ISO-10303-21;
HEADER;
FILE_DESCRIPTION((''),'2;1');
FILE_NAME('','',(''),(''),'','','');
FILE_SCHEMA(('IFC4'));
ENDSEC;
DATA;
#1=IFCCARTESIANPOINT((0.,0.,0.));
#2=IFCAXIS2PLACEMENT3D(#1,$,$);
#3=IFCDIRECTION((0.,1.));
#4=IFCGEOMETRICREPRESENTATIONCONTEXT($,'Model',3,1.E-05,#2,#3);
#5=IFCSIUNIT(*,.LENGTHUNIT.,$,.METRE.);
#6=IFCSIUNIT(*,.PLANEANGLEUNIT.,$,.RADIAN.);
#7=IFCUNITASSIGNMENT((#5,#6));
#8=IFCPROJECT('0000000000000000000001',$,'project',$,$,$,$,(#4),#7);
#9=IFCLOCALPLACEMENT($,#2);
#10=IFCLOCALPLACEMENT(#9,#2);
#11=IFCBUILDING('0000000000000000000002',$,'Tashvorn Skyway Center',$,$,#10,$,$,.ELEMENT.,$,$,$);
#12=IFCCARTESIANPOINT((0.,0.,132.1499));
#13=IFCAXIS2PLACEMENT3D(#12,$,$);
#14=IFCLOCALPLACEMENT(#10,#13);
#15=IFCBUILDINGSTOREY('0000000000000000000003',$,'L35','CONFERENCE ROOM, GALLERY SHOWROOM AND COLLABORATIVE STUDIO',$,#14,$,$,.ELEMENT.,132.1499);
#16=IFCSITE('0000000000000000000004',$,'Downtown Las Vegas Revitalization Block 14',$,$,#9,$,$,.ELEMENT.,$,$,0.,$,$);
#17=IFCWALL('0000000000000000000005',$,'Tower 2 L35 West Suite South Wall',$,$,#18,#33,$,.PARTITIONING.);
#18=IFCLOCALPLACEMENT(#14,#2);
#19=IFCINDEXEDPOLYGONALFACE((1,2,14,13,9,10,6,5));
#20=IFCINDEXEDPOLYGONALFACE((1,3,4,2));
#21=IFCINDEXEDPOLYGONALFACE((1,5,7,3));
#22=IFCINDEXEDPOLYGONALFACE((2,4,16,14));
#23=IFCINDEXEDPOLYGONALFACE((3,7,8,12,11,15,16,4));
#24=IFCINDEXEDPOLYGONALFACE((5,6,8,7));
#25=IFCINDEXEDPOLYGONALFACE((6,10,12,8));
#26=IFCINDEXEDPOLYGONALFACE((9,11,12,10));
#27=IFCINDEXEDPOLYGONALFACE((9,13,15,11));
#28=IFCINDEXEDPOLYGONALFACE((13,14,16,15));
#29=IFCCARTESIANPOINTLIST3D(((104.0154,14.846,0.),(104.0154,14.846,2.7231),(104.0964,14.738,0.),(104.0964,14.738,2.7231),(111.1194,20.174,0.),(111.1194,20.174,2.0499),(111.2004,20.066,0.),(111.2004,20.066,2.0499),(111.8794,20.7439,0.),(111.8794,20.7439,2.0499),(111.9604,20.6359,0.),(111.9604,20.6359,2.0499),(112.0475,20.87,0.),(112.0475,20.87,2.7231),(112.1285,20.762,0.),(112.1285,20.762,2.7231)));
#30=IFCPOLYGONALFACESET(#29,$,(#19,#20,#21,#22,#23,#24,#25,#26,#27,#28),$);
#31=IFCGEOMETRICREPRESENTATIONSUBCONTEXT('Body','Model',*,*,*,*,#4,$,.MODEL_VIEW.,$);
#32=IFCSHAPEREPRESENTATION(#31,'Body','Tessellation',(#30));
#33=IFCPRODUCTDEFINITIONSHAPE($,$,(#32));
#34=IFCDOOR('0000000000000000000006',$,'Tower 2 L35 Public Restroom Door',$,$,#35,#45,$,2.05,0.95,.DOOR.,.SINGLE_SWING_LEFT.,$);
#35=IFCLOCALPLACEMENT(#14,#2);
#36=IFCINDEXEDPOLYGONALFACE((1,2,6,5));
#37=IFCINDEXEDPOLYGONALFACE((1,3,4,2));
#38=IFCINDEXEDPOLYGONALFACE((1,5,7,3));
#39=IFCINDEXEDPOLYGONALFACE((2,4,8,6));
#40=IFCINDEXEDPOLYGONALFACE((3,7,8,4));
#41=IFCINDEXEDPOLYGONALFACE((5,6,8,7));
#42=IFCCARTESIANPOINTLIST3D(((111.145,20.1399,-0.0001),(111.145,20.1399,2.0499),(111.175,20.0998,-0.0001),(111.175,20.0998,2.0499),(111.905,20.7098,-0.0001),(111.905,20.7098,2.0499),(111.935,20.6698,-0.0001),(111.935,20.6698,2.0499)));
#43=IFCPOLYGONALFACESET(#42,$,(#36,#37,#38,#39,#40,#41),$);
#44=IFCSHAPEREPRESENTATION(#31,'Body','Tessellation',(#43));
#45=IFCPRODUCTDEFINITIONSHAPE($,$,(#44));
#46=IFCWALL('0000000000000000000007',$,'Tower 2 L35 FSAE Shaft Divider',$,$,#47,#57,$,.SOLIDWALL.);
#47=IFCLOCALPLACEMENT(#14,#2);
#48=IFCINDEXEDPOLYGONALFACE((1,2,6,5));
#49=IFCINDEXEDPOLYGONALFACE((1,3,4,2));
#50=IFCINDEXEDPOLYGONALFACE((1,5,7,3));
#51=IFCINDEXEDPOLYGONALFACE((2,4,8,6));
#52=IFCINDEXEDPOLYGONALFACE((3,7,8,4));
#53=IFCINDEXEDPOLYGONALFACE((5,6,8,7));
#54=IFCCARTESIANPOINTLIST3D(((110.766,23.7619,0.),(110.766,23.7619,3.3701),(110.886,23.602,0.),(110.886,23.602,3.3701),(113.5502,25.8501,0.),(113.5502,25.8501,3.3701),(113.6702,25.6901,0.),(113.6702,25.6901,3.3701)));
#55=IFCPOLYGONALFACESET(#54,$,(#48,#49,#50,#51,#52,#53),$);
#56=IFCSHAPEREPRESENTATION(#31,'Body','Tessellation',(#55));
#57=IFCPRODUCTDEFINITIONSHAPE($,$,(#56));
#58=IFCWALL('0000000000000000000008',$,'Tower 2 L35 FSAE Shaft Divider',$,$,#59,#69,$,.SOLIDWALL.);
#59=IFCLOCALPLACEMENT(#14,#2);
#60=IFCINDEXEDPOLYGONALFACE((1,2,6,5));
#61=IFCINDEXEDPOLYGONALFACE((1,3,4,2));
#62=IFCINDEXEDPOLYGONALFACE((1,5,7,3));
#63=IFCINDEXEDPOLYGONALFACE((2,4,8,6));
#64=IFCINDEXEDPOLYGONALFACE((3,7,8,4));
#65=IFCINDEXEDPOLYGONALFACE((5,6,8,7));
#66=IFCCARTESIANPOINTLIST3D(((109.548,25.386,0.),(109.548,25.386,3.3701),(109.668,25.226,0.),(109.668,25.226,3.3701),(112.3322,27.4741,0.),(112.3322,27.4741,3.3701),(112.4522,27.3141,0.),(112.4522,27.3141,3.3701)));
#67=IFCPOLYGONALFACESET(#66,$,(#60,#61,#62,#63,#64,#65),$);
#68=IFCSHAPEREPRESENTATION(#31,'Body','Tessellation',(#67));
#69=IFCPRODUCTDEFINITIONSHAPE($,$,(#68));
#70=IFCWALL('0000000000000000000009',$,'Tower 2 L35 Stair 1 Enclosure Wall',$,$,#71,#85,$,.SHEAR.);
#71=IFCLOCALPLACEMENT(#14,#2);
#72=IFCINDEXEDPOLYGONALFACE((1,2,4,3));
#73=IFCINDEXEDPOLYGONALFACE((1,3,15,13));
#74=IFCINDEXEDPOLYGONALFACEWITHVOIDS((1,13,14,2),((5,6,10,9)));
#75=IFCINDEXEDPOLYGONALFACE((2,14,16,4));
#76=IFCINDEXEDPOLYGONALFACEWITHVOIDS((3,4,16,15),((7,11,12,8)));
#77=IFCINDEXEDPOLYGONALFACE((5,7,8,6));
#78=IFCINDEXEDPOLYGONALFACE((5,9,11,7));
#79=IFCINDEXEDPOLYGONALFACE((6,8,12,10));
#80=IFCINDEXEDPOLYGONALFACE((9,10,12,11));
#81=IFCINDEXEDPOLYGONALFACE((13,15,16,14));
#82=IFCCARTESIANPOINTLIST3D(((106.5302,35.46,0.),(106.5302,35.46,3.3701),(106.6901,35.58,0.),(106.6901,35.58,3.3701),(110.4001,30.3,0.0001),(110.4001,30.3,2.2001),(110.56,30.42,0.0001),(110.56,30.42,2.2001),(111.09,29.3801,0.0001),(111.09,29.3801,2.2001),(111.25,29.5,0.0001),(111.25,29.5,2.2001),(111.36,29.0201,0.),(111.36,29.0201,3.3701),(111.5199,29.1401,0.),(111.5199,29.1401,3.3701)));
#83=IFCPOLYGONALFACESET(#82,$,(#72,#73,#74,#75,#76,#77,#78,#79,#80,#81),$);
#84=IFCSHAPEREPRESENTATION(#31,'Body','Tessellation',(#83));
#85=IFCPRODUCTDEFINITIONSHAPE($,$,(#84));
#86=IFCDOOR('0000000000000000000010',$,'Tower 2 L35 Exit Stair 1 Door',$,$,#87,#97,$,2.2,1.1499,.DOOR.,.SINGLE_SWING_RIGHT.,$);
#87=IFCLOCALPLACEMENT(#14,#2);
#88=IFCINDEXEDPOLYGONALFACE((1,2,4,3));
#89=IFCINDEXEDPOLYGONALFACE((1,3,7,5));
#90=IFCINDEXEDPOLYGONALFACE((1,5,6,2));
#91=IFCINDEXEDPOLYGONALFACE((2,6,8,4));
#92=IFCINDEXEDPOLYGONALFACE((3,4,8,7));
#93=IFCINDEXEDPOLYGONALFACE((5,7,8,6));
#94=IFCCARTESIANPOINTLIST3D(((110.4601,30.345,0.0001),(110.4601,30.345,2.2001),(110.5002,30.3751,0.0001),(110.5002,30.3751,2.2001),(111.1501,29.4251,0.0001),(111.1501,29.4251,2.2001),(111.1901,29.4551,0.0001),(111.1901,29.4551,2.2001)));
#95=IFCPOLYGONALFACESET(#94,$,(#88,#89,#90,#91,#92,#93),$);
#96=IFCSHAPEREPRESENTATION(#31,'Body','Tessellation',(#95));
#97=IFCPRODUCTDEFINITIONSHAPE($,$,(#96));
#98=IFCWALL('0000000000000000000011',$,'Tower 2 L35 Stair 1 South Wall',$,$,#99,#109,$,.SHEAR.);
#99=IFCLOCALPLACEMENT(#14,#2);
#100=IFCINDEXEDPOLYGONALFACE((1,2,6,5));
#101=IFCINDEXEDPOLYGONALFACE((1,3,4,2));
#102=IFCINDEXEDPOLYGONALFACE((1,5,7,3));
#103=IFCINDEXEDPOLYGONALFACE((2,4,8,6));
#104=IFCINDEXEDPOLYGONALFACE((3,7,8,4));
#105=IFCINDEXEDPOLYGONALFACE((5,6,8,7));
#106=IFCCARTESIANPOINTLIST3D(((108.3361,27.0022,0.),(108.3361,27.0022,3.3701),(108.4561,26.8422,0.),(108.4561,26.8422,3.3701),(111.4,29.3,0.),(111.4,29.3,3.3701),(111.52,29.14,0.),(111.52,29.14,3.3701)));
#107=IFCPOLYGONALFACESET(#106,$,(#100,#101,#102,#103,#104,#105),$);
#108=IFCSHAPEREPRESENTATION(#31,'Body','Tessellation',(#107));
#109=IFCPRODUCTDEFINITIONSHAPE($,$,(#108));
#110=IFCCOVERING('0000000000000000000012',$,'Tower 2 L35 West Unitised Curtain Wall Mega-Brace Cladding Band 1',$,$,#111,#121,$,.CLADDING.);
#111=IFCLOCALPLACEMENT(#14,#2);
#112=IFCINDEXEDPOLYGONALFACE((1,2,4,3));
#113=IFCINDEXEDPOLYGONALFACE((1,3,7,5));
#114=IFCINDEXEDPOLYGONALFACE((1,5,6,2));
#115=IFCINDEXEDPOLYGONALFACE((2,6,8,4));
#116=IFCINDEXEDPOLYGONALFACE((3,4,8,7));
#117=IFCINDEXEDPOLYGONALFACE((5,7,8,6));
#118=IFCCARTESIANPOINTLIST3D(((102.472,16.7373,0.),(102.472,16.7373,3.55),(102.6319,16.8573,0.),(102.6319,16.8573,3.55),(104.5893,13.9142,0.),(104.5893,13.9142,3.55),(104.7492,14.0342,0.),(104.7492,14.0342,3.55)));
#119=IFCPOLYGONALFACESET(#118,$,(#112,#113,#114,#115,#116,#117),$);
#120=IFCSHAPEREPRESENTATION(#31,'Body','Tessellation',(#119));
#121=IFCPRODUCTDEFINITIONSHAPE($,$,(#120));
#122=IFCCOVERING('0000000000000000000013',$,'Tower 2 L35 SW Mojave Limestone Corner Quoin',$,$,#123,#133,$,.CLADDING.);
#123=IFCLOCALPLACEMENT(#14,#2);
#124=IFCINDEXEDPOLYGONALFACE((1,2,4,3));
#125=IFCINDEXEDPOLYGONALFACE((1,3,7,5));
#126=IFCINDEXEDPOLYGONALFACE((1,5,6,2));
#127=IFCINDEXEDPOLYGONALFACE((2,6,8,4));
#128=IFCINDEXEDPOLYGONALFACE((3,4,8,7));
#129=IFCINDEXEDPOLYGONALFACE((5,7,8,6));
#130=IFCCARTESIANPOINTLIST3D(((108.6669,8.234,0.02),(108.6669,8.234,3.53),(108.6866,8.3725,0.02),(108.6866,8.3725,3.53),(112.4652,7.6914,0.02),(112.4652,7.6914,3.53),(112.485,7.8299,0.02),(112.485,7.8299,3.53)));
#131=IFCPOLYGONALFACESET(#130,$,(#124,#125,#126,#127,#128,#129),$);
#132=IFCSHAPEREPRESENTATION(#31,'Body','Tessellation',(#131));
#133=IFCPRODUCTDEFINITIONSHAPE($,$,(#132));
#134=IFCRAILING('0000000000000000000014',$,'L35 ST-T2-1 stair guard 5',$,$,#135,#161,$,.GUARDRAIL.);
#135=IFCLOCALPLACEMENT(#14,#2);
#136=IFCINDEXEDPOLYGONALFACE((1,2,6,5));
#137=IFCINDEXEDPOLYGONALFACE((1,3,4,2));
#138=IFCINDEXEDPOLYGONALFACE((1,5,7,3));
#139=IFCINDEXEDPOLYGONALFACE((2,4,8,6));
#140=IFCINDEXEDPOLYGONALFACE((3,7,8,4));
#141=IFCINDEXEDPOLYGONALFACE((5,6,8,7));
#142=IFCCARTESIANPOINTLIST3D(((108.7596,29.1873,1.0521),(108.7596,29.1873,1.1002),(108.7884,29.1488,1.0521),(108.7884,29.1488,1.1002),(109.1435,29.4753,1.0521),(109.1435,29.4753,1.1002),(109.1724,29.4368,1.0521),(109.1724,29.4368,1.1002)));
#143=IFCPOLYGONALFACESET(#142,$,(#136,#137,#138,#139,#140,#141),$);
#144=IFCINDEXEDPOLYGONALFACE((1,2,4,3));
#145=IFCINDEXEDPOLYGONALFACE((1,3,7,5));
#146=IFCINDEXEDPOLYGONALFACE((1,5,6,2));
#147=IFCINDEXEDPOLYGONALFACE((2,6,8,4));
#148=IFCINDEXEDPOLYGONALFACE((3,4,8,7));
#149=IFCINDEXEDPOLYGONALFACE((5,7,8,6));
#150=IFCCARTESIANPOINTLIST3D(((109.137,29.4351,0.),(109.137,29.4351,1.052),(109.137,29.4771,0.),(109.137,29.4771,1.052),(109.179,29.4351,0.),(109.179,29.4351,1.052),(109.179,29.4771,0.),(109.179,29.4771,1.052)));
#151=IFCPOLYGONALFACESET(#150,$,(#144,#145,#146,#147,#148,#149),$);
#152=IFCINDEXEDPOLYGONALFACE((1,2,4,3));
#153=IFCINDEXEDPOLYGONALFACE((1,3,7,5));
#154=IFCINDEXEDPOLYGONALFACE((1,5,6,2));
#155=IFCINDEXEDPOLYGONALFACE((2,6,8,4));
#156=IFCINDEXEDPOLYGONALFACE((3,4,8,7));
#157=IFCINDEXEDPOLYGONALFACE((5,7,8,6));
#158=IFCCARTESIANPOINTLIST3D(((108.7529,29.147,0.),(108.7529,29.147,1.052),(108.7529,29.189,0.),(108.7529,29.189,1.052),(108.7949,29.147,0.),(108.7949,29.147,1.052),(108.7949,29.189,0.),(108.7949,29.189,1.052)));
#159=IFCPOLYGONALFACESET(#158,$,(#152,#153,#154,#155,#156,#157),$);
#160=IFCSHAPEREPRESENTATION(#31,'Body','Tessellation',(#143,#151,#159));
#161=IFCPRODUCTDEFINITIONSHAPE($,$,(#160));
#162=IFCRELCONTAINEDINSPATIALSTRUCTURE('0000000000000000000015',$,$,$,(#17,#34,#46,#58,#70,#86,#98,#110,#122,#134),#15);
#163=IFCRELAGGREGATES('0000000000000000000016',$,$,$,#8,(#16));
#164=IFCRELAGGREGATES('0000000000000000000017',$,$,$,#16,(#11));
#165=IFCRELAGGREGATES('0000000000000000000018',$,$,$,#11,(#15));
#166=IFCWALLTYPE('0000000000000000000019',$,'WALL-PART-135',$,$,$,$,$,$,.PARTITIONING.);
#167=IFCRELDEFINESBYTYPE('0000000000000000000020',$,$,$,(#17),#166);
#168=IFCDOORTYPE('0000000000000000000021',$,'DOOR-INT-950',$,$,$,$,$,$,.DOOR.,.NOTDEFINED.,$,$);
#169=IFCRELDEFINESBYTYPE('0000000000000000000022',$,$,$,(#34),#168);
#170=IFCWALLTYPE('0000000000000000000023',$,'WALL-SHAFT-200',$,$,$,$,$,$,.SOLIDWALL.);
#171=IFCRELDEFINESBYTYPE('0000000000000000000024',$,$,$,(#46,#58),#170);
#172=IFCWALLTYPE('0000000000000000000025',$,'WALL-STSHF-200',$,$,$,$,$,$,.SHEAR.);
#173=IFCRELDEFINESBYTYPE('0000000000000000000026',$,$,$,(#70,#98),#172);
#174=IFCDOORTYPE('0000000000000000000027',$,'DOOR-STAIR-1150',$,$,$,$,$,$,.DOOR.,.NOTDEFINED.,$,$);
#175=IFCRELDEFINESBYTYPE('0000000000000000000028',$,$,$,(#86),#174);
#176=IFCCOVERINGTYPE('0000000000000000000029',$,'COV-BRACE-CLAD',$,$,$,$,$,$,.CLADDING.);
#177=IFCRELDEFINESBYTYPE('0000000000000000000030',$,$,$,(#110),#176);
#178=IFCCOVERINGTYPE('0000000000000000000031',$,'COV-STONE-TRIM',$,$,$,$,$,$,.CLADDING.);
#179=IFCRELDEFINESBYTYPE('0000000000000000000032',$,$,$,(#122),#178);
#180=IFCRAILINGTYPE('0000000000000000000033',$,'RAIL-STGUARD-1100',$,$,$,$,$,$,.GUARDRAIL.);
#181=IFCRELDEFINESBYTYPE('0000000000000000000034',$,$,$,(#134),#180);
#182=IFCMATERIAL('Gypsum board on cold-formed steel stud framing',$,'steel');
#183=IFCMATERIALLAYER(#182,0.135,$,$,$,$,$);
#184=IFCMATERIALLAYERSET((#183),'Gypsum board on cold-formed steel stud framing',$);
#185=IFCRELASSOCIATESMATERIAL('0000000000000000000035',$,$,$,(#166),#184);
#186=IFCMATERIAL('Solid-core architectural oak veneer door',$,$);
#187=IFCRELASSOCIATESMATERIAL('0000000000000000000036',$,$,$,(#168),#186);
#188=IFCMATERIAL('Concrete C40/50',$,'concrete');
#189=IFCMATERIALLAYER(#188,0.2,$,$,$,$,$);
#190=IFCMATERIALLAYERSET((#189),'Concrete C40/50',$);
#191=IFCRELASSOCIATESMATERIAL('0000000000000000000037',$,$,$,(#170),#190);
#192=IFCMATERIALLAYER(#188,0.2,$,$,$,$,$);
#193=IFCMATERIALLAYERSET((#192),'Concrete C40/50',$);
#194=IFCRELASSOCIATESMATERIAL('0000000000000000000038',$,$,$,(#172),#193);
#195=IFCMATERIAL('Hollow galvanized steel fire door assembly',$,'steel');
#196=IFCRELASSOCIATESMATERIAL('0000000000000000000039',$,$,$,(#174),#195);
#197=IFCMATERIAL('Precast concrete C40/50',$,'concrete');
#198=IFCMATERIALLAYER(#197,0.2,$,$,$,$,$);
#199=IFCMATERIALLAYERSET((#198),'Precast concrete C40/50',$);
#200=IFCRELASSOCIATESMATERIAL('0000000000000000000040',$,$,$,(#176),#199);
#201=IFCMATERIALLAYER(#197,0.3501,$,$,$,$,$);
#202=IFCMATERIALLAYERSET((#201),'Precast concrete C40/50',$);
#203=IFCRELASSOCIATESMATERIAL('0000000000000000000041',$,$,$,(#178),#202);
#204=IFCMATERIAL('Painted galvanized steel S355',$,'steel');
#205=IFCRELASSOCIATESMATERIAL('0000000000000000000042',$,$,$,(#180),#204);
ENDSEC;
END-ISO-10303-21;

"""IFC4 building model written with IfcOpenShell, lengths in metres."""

from ifc_helpers import new_model, si_unit, direction, frame, frame_2d, origin, origin_2d, place, context, subcontext, project, spatial, rectangle, extrude, material, layer, layer_set, type_object, element, fill, save


model = new_model("IFC4")

# Units and contexts
model_context = context("Model", 3, precision=1e-05, world=origin(), true_north=direction((0.0, 1.0)))
body_context = subcontext(model_context, "Body", "Model", "MODEL_VIEW")
ifc_project = project(units=[si_unit("LENGTHUNIT", "METRE"), si_unit("PLANEANGLEUNIT", "RADIAN")], contexts=[model_context])

# Site, building, storey
site_placement = place(None, origin())
site = spatial("IfcSite", under=ifc_project, at=site_placement, Name="Downtown Las Vegas Revitalization Block 14", CompositionType="ELEMENT", RefElevation=0.0)
building_placement = place(site_placement, origin())
building = spatial("IfcBuilding", under=site, at=building_placement, Name="Tashvorn Skyway Center", CompositionType="ELEMENT")
storey_placement = place(building_placement, frame((0.0, 0.0, 132.1499)))
storey = spatial("IfcBuildingStorey", under=building, at=storey_placement, Name="L35", Description="CONFERENCE ROOM, GALLERY SHOWROOM AND COLLABORATIVE STUDIO", CompositionType="ELEMENT", Elevation=132.1499)

# Shared definitions
ifc_material_1 = material(Name="Precast concrete C40/50", Category="concrete")
ifc_material_2 = material(Name="Gypsum board on cold-formed steel stud framing", Category="steel")
ifc_layer_1 = layer(ifc_material_2, 0.135)
ifc_layer_set_1 = layer_set([ifc_layer_1], Name="Gypsum board on cold-formed steel stud framing")
wall_type_1 = type_object("IfcWallType", Name="WALL-PART-135", PredefinedType="PARTITIONING", material=ifc_layer_set_1)

# Wall, opening, door
wall_1_placement = place(storey_placement, frame((104.0559, 14.792, 0.0), z_axis=(0.0, 0.0, 1.0), x_axis=(0.800003, 0.599996, 0.0)))
wall_1 = element("IfcWall", 1, at=wall_1_placement, inside=storey, type_object=wall_type_1, Name="Tower 2 L35 West Suite South Wall", PredefinedType="PARTITIONING", context=body_context, shape_type="SweptSolid", body=[
    extrude(rectangle(XDim=10.04, YDim=0.135, at=frame_2d((5.02, 0.0))), origin(), (0.0, 0.0, 1.0), 2.7231),
])
opening_1_placement = place(wall_1_placement, frame((8.8799, 0.0, 0.0)))
opening_1 = element("IfcOpeningElement", 2, at=opening_1_placement, cuts=wall_1, PredefinedType="OPENING", context=body_context, shape_type="SweptSolid", body=[
    extrude(rectangle(XDim=0.95, YDim=2.05, at=frame_2d((0.4751, 1.0249))), frame((0.0, 0.0774, 0.0), z_axis=(0.0, -1.0, 0.0), x_axis=(1.0, 0.0, 0.0)), (0.0, 0.0, 1.0), 0.155),
])
ifc_material_3 = material(Name="Solid-core architectural oak veneer door")
door_type_1 = type_object("IfcDoorType", Name="DOOR-INT-950", OperationType="NOTDEFINED", PredefinedType="DOOR", material=ifc_material_3)
door_1_placement = place(opening_1_placement, origin())
door_1 = element("IfcDoor", 3, at=door_1_placement, inside=storey, type_object=door_type_1, Name="Tower 2 L35 Public Restroom Door", OperationType="SINGLE_SWING_LEFT", OverallHeight=2.05, OverallWidth=0.95, PredefinedType="DOOR", context=body_context, shape_type="SweptSolid", body=[
    extrude(rectangle(XDim=0.95, YDim=2.05, at=frame_2d((0.4751, 1.0249))), frame((0.0, 0.0249, 0.0), z_axis=(0.0, -1.0, 0.0), x_axis=(1.0, 0.0, 0.0)), (0.0, 0.0, 1.0), 0.05),
])
fill(opening_1, door_1)

# Walls
ifc_material_4 = material(Name="Concrete C40/50", Category="concrete")
ifc_layer_2 = layer(ifc_material_4, 0.2)
ifc_layer_set_2 = layer_set([ifc_layer_2], Name="Concrete C40/50")
wall_type_2 = type_object("IfcWallType", Name="WALL-SHAFT-200", PredefinedType="SOLIDWALL", material=ifc_layer_set_2)
for number, where, z_axis, x_axis, name in (
    (4, (110.8259, 23.6819, 0.0), (0.0, 0.0, 1.0), (0.8, 0.6, 0.0), "Tower 2 L35 FSAE Shaft Divider"),
    (5, (109.6079, 25.3059, 0.0), (0.0, 0.0, 1.0), (0.8, 0.6, 0.0), "Tower 2 L35 FSAE Shaft Divider"),
):
    element("IfcWall", number, at=place(storey_placement, frame(where, z_axis=z_axis, x_axis=x_axis)), inside=storey, type_object=wall_type_2, Name=name, PredefinedType="SOLIDWALL", context=body_context, shape_type="SweptSolid", body=[
        extrude(rectangle(XDim=3.4802, YDim=0.2, at=frame_2d((1.7402, 0.0))), origin(), (0.0, 0.0, 1.0), 3.3701),
    ])

# Wall, opening, door
ifc_layer_3 = layer(ifc_material_4, 0.2)
ifc_layer_set_3 = layer_set([ifc_layer_3], Name="Concrete C40/50")
wall_type_3 = type_object("IfcWallType", Name="WALL-STSHF-200", PredefinedType="SHEAR", material=ifc_layer_set_3)
wall_2_placement = place(storey_placement, frame((111.4399, 29.0801, 0.0), z_axis=(0.0, 0.0, 1.0), x_axis=(-0.59999, 0.800007, 0.0)))
wall_2 = element("IfcWall", 6, at=wall_2_placement, inside=storey, type_object=wall_type_3, Name="Tower 2 L35 Stair 1 Enclosure Wall", PredefinedType="SHEAR", context=body_context, shape_type="SweptSolid", body=[
    extrude(rectangle(XDim=8.0498, YDim=0.2, at=frame_2d((4.0249, 0.0))), origin(), (0.0, 0.0, 1.0), 3.3701),
])
opening_2_placement = place(wall_2_placement, frame((0.45, 0.0, 0.0)))
opening_2 = element("IfcOpeningElement", 7, at=opening_2_placement, cuts=wall_2, PredefinedType="OPENING", context=body_context, shape_type="SweptSolid", body=[
    extrude(rectangle(XDim=1.1499, YDim=2.2, at=frame_2d((0.575, 1.1001))), frame((0.0, 0.1099, 0.0), z_axis=(0.0, -1.0, 0.0), x_axis=(1.0, 0.0, 0.0)), (0.0, 0.0, 1.0), 0.22),
])
ifc_material_5 = material(Name="Hollow galvanized steel fire door assembly", Category="steel")
door_type_2 = type_object("IfcDoorType", Name="DOOR-STAIR-1150", OperationType="NOTDEFINED", PredefinedType="DOOR", material=ifc_material_5)
door_2_placement = place(opening_2_placement, origin())
door_2 = element("IfcDoor", 8, at=door_2_placement, inside=storey, type_object=door_type_2, Name="Tower 2 L35 Exit Stair 1 Door", OperationType="SINGLE_SWING_RIGHT", OverallHeight=2.2, OverallWidth=1.1499, PredefinedType="DOOR", context=body_context, shape_type="SweptSolid", body=[
    extrude(rectangle(XDim=1.1499, YDim=2.2, at=frame_2d((0.575, 1.1001))), frame((0.0, 0.0249, 0.0), z_axis=(0.0, -1.0, 0.0), x_axis=(1.0, 0.0, 0.0)), (0.0, 0.0, 1.0), 0.05),
])
fill(opening_2, door_2)

# Wall
wall_3_placement = place(storey_placement, frame((108.396, 26.9221, 0.0), z_axis=(0.0, 0.0, 1.0), x_axis=(0.800015, 0.59998, 0.0)))
element("IfcWall", 9, at=wall_3_placement, inside=storey, type_object=wall_type_3, Name="Tower 2 L35 Stair 1 South Wall", PredefinedType="SHEAR", context=body_context, shape_type="SweptSolid", body=[
    extrude(rectangle(XDim=3.8298, YDim=0.2, at=frame_2d((1.915, 0.0))), origin(), (0.0, 0.0, 1.0), 3.3701),
])

# Coverings
ifc_layer_4 = layer(ifc_material_1, 0.2)
ifc_layer_set_4 = layer_set([ifc_layer_4], Name="Precast concrete C40/50")
covering_type_1 = type_object("IfcCoveringType", Name="COV-BRACE-CLAD", PredefinedType="CLADDING", material=ifc_layer_set_4)
covering_1_placement = place(storey_placement, frame((103.6106, 15.3857, 0.0), z_axis=(0.0, 0.0, 1.0), x_axis=(-0.6, 0.8, 0.0)))
element("IfcCovering", 10, at=covering_1_placement, inside=storey, type_object=covering_type_1, Name="Tower 2 L35 West Unitised Curtain Wall Mega-Brace Cladding Band 1", PredefinedType="CLADDING", context=body_context, shape_type="SweptSolid", body=[
    extrude(rectangle(XDim=3.5288, YDim=0.2, at=origin_2d()), origin(), (0.0, 0.0, 1.0), 3.55),
])
ifc_layer_5 = layer(ifc_material_1, 0.3501)
ifc_layer_set_5 = layer_set([ifc_layer_5], Name="Precast concrete C40/50")
covering_type_2 = type_object("IfcCoveringType", Name="COV-STONE-TRIM", PredefinedType="CLADDING", material=ifc_layer_set_5)
covering_2_placement = place(storey_placement, frame((110.5759, 8.032, 0.02), z_axis=(0.0, 0.0, 1.0), x_axis=(-0.989949, 0.141421, 0.0)))
element("IfcCovering", 11, at=covering_2_placement, inside=storey, type_object=covering_type_2, Name="Tower 2 L35 SW Mojave Limestone Corner Quoin", PredefinedType="CLADDING", context=body_context, shape_type="SweptSolid", body=[
    extrude(rectangle(XDim=3.8369, YDim=0.1399, at=origin_2d()), origin(), (0.0, 0.0, 1.0), 3.51),
])

# Railing
ifc_material_6 = material(Name="Painted galvanized steel S355", Category="steel")
railing_type = type_object("IfcRailingType", Name="RAIL-STGUARD-1100", PredefinedType="GUARDRAIL", material=ifc_material_6)
railing_1_placement = place(storey_placement, frame((109.158, 29.4561, 0.0)))
element("IfcRailing", 12, at=railing_1_placement, inside=storey, type_object=railing_type, Name="L35 ST-T2-1 stair guard 5", PredefinedType="GUARDRAIL", context=body_context, shape_type="SweptSolid", body=[
    extrude(rectangle(XDim=0.0481, YDim=0.0481, at=origin_2d()), frame((0.0, 0.0, 1.0762), z_axis=(-0.799939, -0.600081, 0.0), x_axis=(0.600081, -0.799939, 0.0)), (0.0, 0.0, 1.0), 0.48),
    extrude(rectangle(XDim=0.042, YDim=0.042, at=origin_2d()), origin(), (0.0, 0.0, 1.0), 1.052),
    extrude(rectangle(XDim=0.042, YDim=0.042, at=origin_2d()), frame((-0.384, -0.2881, 0.0)), (0.0, 0.0, 1.0), 1.052),
])

save(model, "model.ifc")
